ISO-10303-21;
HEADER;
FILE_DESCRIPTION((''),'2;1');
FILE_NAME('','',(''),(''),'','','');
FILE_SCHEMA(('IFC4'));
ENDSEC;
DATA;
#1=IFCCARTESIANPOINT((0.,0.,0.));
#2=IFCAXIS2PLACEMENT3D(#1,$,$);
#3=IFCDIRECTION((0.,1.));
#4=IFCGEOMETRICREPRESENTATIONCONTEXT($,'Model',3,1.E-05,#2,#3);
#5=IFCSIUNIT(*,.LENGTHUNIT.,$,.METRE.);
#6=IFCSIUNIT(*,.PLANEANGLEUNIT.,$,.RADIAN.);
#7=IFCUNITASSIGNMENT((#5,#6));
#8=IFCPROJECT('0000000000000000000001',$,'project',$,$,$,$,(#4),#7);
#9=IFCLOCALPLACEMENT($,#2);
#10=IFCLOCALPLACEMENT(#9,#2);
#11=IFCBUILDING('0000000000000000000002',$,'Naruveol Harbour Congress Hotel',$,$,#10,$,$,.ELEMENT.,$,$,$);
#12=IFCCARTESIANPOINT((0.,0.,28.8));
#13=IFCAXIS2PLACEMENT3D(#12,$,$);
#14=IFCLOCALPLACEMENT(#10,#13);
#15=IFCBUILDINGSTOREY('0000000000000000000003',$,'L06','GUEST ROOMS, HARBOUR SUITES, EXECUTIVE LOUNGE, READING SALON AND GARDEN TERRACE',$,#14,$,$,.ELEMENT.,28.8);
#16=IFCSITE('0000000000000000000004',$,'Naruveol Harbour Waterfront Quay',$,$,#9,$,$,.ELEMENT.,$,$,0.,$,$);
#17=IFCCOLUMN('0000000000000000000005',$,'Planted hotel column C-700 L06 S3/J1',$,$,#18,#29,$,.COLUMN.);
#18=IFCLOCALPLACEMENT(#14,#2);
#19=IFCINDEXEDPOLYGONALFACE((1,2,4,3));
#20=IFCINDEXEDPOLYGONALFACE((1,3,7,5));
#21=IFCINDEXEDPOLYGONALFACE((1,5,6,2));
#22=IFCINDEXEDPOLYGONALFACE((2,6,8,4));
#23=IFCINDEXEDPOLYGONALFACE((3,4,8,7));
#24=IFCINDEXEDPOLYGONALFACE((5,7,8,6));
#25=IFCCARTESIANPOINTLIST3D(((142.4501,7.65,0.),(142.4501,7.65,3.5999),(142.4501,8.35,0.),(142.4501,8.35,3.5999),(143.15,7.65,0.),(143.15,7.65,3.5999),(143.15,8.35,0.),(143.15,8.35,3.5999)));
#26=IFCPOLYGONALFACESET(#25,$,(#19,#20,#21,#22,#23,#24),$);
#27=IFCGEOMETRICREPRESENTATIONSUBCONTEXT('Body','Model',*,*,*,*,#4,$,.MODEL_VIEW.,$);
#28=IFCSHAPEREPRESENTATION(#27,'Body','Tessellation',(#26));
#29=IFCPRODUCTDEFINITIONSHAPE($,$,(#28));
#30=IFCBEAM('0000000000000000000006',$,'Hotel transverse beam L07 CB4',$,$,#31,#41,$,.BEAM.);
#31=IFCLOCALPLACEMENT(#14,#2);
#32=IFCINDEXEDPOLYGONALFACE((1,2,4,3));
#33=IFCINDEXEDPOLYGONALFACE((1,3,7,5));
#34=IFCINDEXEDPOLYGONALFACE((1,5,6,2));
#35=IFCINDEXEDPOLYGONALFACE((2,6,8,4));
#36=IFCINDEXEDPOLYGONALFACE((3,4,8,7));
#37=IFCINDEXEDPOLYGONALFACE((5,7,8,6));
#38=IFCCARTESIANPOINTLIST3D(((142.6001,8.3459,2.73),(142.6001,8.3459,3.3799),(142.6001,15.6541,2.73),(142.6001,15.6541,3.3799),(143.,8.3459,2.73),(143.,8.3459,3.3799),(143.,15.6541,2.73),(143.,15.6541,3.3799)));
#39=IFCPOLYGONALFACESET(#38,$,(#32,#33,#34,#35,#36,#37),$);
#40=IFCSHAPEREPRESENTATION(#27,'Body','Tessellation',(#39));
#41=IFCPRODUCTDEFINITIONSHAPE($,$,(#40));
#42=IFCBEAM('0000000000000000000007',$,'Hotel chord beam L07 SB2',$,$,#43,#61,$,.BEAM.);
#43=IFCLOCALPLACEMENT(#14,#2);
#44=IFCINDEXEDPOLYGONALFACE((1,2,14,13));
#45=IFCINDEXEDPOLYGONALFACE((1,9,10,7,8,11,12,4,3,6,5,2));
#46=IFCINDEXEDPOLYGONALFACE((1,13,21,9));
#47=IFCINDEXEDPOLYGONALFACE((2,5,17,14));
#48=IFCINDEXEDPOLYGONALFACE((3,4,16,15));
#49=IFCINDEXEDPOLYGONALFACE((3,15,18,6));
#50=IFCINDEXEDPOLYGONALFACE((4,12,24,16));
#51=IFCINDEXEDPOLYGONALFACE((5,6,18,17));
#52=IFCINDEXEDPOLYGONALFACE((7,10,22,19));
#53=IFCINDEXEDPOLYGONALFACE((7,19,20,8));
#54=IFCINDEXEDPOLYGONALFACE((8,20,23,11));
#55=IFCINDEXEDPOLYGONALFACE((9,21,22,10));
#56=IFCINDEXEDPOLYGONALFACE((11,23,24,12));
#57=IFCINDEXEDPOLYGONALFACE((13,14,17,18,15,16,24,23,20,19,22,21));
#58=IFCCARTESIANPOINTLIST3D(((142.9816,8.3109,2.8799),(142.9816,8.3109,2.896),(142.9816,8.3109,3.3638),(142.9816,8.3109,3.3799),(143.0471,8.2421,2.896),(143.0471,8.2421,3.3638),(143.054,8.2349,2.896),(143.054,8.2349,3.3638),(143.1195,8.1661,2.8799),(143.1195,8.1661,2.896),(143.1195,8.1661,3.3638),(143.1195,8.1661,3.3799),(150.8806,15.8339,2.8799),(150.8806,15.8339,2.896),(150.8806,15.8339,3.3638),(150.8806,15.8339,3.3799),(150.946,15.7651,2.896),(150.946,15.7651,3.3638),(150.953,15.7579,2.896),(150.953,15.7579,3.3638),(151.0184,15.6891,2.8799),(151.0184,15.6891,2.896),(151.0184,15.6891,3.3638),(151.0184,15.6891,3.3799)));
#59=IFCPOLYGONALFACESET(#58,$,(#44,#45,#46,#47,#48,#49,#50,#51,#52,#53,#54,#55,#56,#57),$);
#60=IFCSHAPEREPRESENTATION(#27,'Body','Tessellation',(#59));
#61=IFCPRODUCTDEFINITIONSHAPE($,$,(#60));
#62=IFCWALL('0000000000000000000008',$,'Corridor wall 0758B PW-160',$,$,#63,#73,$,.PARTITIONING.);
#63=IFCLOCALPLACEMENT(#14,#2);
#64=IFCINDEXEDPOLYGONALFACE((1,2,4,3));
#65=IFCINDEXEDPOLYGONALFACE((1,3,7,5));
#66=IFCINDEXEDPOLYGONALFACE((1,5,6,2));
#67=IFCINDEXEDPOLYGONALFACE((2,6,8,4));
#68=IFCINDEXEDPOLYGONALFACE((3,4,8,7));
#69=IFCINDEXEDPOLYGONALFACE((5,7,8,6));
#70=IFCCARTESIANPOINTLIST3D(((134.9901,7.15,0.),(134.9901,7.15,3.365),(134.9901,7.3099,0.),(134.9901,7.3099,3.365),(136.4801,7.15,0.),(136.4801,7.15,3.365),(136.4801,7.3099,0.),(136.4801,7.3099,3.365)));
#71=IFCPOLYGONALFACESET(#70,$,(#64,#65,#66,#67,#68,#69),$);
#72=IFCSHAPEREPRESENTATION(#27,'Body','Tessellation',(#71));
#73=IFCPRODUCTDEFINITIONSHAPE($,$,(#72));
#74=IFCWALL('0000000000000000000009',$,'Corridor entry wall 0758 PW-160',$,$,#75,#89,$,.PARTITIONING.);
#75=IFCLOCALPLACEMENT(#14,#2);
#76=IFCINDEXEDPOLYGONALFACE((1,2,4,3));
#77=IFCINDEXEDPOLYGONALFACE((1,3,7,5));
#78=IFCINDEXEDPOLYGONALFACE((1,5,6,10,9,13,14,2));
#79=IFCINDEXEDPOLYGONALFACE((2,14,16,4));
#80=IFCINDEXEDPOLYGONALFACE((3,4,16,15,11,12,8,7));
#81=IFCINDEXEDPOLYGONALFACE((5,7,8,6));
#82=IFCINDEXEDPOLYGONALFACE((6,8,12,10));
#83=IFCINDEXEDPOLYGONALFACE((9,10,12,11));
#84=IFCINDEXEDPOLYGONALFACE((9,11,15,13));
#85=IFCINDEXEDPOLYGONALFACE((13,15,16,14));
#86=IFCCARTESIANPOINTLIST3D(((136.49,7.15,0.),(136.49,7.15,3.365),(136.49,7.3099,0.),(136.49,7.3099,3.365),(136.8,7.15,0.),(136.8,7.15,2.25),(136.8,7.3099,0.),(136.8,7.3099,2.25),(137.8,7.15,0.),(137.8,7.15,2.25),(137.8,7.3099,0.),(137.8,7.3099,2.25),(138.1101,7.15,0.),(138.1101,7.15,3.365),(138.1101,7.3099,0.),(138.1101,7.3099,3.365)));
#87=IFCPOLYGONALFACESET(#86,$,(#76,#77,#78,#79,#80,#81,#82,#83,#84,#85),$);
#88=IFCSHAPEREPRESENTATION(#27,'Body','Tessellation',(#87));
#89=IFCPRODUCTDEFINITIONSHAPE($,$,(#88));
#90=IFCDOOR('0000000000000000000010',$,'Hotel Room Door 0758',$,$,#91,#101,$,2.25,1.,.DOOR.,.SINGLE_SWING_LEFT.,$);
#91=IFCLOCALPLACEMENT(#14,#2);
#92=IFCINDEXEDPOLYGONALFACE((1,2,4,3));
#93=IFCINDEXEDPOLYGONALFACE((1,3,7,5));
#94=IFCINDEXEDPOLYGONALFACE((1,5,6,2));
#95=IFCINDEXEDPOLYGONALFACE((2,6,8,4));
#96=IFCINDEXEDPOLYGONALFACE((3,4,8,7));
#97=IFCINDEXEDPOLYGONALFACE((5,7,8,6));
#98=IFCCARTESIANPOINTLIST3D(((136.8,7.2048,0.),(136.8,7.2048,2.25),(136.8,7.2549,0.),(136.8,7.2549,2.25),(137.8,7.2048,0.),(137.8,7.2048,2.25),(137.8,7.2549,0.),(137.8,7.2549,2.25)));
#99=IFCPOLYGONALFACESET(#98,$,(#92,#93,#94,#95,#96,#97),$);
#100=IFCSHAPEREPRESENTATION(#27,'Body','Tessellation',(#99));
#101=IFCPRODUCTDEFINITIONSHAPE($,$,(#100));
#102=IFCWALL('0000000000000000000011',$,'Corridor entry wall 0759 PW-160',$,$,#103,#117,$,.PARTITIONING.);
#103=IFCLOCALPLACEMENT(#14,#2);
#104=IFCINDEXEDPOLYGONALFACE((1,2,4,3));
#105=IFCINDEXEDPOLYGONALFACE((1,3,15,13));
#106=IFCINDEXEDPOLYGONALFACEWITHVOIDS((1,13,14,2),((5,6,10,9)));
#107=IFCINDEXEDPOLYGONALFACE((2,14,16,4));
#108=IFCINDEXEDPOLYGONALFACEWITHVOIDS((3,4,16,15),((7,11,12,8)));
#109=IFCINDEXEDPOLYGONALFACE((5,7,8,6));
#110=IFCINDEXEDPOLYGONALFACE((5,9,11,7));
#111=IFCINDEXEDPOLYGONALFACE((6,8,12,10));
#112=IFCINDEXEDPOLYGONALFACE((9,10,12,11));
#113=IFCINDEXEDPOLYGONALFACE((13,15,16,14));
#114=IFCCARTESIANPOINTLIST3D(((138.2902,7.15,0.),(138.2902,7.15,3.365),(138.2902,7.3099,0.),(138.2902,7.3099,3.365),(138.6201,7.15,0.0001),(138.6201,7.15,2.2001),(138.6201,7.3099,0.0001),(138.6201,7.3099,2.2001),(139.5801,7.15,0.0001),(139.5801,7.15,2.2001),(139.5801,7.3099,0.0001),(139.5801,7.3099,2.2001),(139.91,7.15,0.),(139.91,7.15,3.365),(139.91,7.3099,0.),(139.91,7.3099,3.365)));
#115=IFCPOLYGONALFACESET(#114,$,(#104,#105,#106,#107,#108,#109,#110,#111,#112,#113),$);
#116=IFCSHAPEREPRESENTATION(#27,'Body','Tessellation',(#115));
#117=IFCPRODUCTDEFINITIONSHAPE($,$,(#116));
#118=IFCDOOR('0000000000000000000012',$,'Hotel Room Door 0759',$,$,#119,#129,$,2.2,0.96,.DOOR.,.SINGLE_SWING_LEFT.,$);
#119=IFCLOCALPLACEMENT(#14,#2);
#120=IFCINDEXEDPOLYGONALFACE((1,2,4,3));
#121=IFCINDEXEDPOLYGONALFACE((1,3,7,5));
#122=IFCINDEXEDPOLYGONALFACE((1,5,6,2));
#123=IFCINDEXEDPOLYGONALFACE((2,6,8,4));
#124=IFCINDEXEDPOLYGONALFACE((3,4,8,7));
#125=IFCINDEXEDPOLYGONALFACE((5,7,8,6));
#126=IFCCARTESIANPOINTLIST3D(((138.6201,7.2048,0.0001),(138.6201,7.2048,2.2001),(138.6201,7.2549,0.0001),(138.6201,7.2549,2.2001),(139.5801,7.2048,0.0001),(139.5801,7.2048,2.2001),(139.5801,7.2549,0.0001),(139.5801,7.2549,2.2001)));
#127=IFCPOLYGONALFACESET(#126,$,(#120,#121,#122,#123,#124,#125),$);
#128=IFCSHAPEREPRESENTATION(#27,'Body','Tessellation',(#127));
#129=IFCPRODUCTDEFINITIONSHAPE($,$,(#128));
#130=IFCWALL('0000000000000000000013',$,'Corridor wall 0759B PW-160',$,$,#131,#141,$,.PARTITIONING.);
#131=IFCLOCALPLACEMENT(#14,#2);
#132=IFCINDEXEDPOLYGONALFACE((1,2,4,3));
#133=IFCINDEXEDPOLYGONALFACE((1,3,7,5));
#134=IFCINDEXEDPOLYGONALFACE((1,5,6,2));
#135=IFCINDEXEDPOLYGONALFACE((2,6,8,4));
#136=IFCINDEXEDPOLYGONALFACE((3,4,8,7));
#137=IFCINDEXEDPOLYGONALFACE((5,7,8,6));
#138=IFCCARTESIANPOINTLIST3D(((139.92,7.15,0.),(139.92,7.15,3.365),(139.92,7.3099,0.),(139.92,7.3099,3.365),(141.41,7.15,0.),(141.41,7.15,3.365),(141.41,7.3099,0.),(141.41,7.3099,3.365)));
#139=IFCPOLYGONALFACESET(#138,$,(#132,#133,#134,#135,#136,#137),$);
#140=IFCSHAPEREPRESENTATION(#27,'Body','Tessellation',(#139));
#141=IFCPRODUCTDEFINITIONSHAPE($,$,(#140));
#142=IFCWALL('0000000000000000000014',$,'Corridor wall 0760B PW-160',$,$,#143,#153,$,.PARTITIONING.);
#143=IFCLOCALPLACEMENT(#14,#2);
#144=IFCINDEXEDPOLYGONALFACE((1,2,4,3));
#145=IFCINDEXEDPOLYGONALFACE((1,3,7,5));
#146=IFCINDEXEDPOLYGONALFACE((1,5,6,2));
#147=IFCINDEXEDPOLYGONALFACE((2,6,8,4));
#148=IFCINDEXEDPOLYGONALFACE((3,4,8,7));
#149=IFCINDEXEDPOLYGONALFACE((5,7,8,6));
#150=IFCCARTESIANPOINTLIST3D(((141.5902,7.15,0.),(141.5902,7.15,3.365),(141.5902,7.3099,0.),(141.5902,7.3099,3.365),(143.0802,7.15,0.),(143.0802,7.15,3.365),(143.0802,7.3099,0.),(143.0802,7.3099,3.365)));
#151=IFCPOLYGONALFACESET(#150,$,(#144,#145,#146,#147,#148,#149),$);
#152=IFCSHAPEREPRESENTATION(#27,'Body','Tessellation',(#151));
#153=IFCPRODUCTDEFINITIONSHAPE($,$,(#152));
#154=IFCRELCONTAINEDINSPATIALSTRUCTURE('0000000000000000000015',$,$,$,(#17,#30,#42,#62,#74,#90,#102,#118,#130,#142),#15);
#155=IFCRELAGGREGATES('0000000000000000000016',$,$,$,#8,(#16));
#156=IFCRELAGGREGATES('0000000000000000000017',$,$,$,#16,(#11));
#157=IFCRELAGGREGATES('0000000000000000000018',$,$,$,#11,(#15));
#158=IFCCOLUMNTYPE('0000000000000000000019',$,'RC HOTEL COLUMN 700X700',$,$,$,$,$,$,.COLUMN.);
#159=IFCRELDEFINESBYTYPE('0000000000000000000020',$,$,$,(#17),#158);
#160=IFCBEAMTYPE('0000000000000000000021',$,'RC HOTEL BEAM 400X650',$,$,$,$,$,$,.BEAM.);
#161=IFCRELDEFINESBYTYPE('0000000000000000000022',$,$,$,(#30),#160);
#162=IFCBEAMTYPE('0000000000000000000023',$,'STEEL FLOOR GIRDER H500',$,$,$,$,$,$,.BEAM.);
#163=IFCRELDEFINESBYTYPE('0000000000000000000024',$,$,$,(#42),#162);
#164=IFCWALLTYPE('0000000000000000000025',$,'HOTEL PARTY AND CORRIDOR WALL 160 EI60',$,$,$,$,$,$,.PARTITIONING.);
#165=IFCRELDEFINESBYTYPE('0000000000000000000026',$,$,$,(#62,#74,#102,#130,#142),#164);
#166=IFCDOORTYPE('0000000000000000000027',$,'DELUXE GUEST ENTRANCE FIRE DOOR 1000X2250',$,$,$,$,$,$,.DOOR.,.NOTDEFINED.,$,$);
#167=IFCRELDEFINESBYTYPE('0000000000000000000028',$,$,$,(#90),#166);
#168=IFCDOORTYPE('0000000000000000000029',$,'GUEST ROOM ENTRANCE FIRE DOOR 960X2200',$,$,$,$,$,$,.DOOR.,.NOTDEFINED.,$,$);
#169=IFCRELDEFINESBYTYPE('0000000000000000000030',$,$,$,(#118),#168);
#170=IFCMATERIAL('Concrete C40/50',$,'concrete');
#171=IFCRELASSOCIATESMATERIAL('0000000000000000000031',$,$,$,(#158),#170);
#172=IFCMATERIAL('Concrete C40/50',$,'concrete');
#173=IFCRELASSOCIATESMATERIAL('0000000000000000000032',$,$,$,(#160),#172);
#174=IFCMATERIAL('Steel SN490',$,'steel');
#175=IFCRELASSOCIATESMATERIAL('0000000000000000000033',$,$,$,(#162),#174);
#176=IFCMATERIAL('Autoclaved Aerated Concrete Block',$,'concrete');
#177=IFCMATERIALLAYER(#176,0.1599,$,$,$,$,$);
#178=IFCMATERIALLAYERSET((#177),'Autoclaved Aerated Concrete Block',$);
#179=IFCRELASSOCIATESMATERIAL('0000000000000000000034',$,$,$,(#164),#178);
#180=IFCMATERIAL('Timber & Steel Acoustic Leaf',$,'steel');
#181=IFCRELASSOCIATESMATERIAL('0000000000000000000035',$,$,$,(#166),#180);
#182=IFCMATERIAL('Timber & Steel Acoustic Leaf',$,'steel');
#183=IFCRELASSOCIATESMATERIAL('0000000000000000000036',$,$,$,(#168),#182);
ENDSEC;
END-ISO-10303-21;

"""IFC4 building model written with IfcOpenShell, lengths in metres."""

from ifc_helpers import new_model, si_unit, direction, frame, frame_2d, origin, origin_2d, place, context, subcontext, project, spatial, rectangle, i_section, extrude, material, layer, layer_set, material_profile, profile_set, type_object, element, fill, save


model = new_model("IFC4")

# Units and contexts
model_context = context("Model", 3, precision=1e-05, world=origin(), true_north=direction((0.0, 1.0)))
body_context = subcontext(model_context, "Body", "Model", "MODEL_VIEW")
ifc_project = project(units=[si_unit("LENGTHUNIT", "METRE"), si_unit("PLANEANGLEUNIT", "RADIAN")], contexts=[model_context])

# Site, building, storey
site_placement = place(None, origin())
site = spatial("IfcSite", under=ifc_project, at=site_placement, Name="Naruveol Harbour Waterfront Quay", CompositionType="ELEMENT", RefElevation=0.0)
building_placement = place(site_placement, origin())
building = spatial("IfcBuilding", under=site, at=building_placement, Name="Naruveol Harbour Congress Hotel", CompositionType="ELEMENT")
storey_placement = place(building_placement, frame((0.0, 0.0, 28.8)))
storey = spatial("IfcBuildingStorey", under=building, at=storey_placement, Name="L06", Description="GUEST ROOMS, HARBOUR SUITES, EXECUTIVE LOUNGE, READING SALON AND GARDEN TERRACE", CompositionType="ELEMENT", Elevation=28.8)

# Column
ifc_material_1 = material(Name="Concrete C40/50", Category="concrete")
ifc_material_profile_1 = material_profile(ifc_material_1, rectangle(XDim=0.7, YDim=0.7, at=origin_2d()), Name="RC-700x700")
ifc_profile_set_1 = profile_set([ifc_material_profile_1], Name="Concrete C40/50")
column_type = type_object("IfcColumnType", Name="RC HOTEL COLUMN 700X700", PredefinedType="COLUMN", material=ifc_profile_set_1)
column_placement = place(storey_placement, frame((142.8, 8.0, 0.0), z_axis=(0.0, 0.0, 1.0), x_axis=(1.0, 0.0, 0.0)))
element("IfcColumn", 1, at=column_placement, inside=storey, type_object=column_type, Name="Planted hotel column C-700 L06 S3/J1", PredefinedType="COLUMN", context=body_context, shape_type="SweptSolid", body=[
    extrude(rectangle(XDim=0.7, YDim=0.7, at=origin_2d()), origin(), (0.0, 0.0, 1.0), 3.5999),
])

# Beams
ifc_material_2 = material(Name="Concrete C40/50", Category="concrete")
ifc_material_profile_2 = material_profile(ifc_material_2, rectangle(XDim=0.3999, YDim=0.6499, at=origin_2d()), Name="RCB-400x650")
ifc_profile_set_2 = profile_set([ifc_material_profile_2], Name="Concrete C40/50")
beam_type_1 = type_object("IfcBeamType", Name="RC HOTEL BEAM 400X650", PredefinedType="BEAM", material=ifc_profile_set_2)
beam_1_placement = place(storey_placement, frame((142.8, 8.3459, 3.0549), z_axis=(0.0, 1.0, 0.0), x_axis=(-1.0, 0.0, 0.0)))
element("IfcBeam", 2, at=beam_1_placement, inside=storey, type_object=beam_type_1, Name="Hotel transverse beam L07 CB4", PredefinedType="BEAM", context=body_context, shape_type="SweptSolid", body=[
    extrude(rectangle(XDim=0.3999, YDim=0.6499, at=origin_2d()), origin(), (0.0, 0.0, 1.0), 7.3081),
])
ifc_material_3 = material(Name="Steel SN490", Category="steel")
ifc_material_profile_3 = material_profile(ifc_material_3, i_section(OverallWidth=0.2, OverallDepth=0.5, WebThickness=0.01, FlangeThickness=0.0161, at=origin_2d()), Name="H-500x200x10x16")
ifc_profile_set_3 = profile_set([ifc_material_profile_3], Name="Steel SN490")
beam_type_2 = type_object("IfcBeamType", Name="STEEL FLOOR GIRDER H500", PredefinedType="BEAM", material=ifc_profile_set_3)
beam_2_placement = place(storey_placement, frame((143.0505, 8.2385, 3.1299), z_axis=(0.72413, 0.689663, 0.0), x_axis=(-0.689663, 0.72413, 0.0)))
element("IfcBeam", 3, at=beam_2_placement, inside=storey, type_object=beam_type_2, Name="Hotel chord beam L07 SB2", PredefinedType="BEAM", context=body_context, shape_type="SweptSolid", body=[
    extrude(i_section(OverallWidth=0.2, OverallDepth=0.5, WebThickness=0.01, FlangeThickness=0.0161, at=origin_2d()), origin(), (0.0, 0.0, 1.0), 10.9082),
])

# Wall
ifc_material_4 = material(Name="Autoclaved Aerated Concrete Block", Category="concrete")
ifc_layer_1 = layer(ifc_material_4, 0.1599)
ifc_layer_set_1 = layer_set([ifc_layer_1], Name="Autoclaved Aerated Concrete Block")
wall_type_1 = type_object("IfcWallType", Name="HOTEL PARTY AND CORRIDOR WALL 160 EI60", PredefinedType="PARTITIONING", material=ifc_layer_set_1)
wall_1_placement = place(storey_placement, frame((134.99, 7.23, 0.0), z_axis=(0.0, 0.0, 1.0), x_axis=(1.0, 0.0, 0.0)))
element("IfcWall", 4, at=wall_1_placement, inside=storey, type_object=wall_type_1, Name="Corridor wall 0758B PW-160", PredefinedType="PARTITIONING", context=body_context, shape_type="SweptSolid", body=[
    extrude(rectangle(XDim=1.49, YDim=0.1599, at=frame_2d((0.7451, 0.0))), origin(), (0.0, 0.0, 1.0), 3.365),
])

# Walls, openings, doors
wall_2_placement = place(storey_placement, frame((136.49, 7.23, 0.0), z_axis=(0.0, 0.0, 1.0), x_axis=(1.0, 0.0, 0.0)))
wall_2 = element("IfcWall", 5, at=wall_2_placement, inside=storey, type_object=wall_type_1, Name="Corridor entry wall 0758 PW-160", PredefinedType="PARTITIONING", context=body_context, shape_type="SweptSolid", body=[
    extrude(rectangle(XDim=1.6201, YDim=0.1599, at=frame_2d((0.8101, 0.0))), origin(), (0.0, 0.0, 1.0), 3.365),
])
opening_1_placement = place(wall_2_placement, frame((0.3101, 0.0, 0.0)))
opening_1 = element("IfcOpeningElement", 6, at=opening_1_placement, cuts=wall_2, PredefinedType="OPENING", context=body_context, shape_type="SweptSolid", body=[
    extrude(rectangle(XDim=1.0, YDim=2.25, at=frame_2d((0.5, 1.125))), frame((0.0, 0.0898, 0.0), z_axis=(0.0, -1.0, 0.0), x_axis=(1.0, 0.0, 0.0)), (0.0, 0.0, 1.0), 0.1799),
])
ifc_material_5 = material(Name="Timber & Steel Acoustic Leaf", Category="steel")
door_type_1 = type_object("IfcDoorType", Name="DELUXE GUEST ENTRANCE FIRE DOOR 1000X2250", OperationType="NOTDEFINED", PredefinedType="DOOR", material=ifc_material_5)
door_1_placement = place(opening_1_placement, origin())
door_1 = element("IfcDoor", 7, at=door_1_placement, inside=storey, type_object=door_type_1, Name="Hotel Room Door 0758", OperationType="SINGLE_SWING_LEFT", OverallHeight=2.25, OverallWidth=1.0, PredefinedType="DOOR", context=body_context, shape_type="SweptSolid", body=[
    extrude(rectangle(XDim=1.0, YDim=2.25, at=frame_2d((0.5, 1.125))), frame((0.0, 0.0249, 0.0), z_axis=(0.0, -1.0, 0.0), x_axis=(1.0, 0.0, 0.0)), (0.0, 0.0, 1.0), 0.05),
])
fill(opening_1, door_1)
wall_3_placement = place(storey_placement, frame((138.29, 7.23, 0.0), z_axis=(0.0, 0.0, 1.0), x_axis=(1.0, 0.0, 0.0)))
wall_3 = element("IfcWall", 8, at=wall_3_placement, inside=storey, type_object=wall_type_1, Name="Corridor entry wall 0759 PW-160", PredefinedType="PARTITIONING", context=body_context, shape_type="SweptSolid", body=[
    extrude(rectangle(XDim=1.6199, YDim=0.1599, at=frame_2d((0.8101, 0.0))), origin(), (0.0, 0.0, 1.0), 3.365),
])
opening_2_placement = place(wall_3_placement, frame((0.3301, 0.0, 0.0)))
opening_2 = element("IfcOpeningElement", 9, at=opening_2_placement, cuts=wall_3, PredefinedType="OPENING", context=body_context, shape_type="SweptSolid", body=[
    extrude(rectangle(XDim=0.96, YDim=2.2, at=frame_2d((0.48, 1.1001))), frame((0.0, 0.0898, 0.0), z_axis=(0.0, -1.0, 0.0), x_axis=(1.0, 0.0, 0.0)), (0.0, 0.0, 1.0), 0.1799),
])
ifc_material_6 = material(Name="Timber & Steel Acoustic Leaf", Category="steel")
door_type_2 = type_object("IfcDoorType", Name="GUEST ROOM ENTRANCE FIRE DOOR 960X2200", OperationType="NOTDEFINED", PredefinedType="DOOR", material=ifc_material_6)
door_2_placement = place(opening_2_placement, origin())
door_2 = element("IfcDoor", 10, at=door_2_placement, inside=storey, type_object=door_type_2, Name="Hotel Room Door 0759", OperationType="SINGLE_SWING_LEFT", OverallHeight=2.2, OverallWidth=0.96, PredefinedType="DOOR", context=body_context, shape_type="SweptSolid", body=[
    extrude(rectangle(XDim=0.96, YDim=2.2, at=frame_2d((0.48, 1.1001))), frame((0.0, 0.0249, 0.0), z_axis=(0.0, -1.0, 0.0), x_axis=(1.0, 0.0, 0.0)), (0.0, 0.0, 1.0), 0.05),
])
fill(opening_2, door_2)

# Walls
for number, where, z_axis, x_axis, name in (
    (11, (139.9199, 7.23, 0.0), (0.0, 0.0, 1.0), (1.0, 0.0, 0.0), "Corridor wall 0759B PW-160"),
    (12, (141.5901, 7.23, 0.0), (0.0, 0.0, 1.0), (1.0, 0.0, 0.0), "Corridor wall 0760B PW-160"),
):
    element("IfcWall", number, at=place(storey_placement, frame(where, z_axis=z_axis, x_axis=x_axis)), inside=storey, type_object=wall_type_1, Name=name, PredefinedType="PARTITIONING", context=body_context, shape_type="SweptSolid", body=[
        extrude(rectangle(XDim=1.49, YDim=0.1599, at=frame_2d((0.7451, 0.0))), origin(), (0.0, 0.0, 1.0), 3.365),
    ])

save(model, "model.ifc")
